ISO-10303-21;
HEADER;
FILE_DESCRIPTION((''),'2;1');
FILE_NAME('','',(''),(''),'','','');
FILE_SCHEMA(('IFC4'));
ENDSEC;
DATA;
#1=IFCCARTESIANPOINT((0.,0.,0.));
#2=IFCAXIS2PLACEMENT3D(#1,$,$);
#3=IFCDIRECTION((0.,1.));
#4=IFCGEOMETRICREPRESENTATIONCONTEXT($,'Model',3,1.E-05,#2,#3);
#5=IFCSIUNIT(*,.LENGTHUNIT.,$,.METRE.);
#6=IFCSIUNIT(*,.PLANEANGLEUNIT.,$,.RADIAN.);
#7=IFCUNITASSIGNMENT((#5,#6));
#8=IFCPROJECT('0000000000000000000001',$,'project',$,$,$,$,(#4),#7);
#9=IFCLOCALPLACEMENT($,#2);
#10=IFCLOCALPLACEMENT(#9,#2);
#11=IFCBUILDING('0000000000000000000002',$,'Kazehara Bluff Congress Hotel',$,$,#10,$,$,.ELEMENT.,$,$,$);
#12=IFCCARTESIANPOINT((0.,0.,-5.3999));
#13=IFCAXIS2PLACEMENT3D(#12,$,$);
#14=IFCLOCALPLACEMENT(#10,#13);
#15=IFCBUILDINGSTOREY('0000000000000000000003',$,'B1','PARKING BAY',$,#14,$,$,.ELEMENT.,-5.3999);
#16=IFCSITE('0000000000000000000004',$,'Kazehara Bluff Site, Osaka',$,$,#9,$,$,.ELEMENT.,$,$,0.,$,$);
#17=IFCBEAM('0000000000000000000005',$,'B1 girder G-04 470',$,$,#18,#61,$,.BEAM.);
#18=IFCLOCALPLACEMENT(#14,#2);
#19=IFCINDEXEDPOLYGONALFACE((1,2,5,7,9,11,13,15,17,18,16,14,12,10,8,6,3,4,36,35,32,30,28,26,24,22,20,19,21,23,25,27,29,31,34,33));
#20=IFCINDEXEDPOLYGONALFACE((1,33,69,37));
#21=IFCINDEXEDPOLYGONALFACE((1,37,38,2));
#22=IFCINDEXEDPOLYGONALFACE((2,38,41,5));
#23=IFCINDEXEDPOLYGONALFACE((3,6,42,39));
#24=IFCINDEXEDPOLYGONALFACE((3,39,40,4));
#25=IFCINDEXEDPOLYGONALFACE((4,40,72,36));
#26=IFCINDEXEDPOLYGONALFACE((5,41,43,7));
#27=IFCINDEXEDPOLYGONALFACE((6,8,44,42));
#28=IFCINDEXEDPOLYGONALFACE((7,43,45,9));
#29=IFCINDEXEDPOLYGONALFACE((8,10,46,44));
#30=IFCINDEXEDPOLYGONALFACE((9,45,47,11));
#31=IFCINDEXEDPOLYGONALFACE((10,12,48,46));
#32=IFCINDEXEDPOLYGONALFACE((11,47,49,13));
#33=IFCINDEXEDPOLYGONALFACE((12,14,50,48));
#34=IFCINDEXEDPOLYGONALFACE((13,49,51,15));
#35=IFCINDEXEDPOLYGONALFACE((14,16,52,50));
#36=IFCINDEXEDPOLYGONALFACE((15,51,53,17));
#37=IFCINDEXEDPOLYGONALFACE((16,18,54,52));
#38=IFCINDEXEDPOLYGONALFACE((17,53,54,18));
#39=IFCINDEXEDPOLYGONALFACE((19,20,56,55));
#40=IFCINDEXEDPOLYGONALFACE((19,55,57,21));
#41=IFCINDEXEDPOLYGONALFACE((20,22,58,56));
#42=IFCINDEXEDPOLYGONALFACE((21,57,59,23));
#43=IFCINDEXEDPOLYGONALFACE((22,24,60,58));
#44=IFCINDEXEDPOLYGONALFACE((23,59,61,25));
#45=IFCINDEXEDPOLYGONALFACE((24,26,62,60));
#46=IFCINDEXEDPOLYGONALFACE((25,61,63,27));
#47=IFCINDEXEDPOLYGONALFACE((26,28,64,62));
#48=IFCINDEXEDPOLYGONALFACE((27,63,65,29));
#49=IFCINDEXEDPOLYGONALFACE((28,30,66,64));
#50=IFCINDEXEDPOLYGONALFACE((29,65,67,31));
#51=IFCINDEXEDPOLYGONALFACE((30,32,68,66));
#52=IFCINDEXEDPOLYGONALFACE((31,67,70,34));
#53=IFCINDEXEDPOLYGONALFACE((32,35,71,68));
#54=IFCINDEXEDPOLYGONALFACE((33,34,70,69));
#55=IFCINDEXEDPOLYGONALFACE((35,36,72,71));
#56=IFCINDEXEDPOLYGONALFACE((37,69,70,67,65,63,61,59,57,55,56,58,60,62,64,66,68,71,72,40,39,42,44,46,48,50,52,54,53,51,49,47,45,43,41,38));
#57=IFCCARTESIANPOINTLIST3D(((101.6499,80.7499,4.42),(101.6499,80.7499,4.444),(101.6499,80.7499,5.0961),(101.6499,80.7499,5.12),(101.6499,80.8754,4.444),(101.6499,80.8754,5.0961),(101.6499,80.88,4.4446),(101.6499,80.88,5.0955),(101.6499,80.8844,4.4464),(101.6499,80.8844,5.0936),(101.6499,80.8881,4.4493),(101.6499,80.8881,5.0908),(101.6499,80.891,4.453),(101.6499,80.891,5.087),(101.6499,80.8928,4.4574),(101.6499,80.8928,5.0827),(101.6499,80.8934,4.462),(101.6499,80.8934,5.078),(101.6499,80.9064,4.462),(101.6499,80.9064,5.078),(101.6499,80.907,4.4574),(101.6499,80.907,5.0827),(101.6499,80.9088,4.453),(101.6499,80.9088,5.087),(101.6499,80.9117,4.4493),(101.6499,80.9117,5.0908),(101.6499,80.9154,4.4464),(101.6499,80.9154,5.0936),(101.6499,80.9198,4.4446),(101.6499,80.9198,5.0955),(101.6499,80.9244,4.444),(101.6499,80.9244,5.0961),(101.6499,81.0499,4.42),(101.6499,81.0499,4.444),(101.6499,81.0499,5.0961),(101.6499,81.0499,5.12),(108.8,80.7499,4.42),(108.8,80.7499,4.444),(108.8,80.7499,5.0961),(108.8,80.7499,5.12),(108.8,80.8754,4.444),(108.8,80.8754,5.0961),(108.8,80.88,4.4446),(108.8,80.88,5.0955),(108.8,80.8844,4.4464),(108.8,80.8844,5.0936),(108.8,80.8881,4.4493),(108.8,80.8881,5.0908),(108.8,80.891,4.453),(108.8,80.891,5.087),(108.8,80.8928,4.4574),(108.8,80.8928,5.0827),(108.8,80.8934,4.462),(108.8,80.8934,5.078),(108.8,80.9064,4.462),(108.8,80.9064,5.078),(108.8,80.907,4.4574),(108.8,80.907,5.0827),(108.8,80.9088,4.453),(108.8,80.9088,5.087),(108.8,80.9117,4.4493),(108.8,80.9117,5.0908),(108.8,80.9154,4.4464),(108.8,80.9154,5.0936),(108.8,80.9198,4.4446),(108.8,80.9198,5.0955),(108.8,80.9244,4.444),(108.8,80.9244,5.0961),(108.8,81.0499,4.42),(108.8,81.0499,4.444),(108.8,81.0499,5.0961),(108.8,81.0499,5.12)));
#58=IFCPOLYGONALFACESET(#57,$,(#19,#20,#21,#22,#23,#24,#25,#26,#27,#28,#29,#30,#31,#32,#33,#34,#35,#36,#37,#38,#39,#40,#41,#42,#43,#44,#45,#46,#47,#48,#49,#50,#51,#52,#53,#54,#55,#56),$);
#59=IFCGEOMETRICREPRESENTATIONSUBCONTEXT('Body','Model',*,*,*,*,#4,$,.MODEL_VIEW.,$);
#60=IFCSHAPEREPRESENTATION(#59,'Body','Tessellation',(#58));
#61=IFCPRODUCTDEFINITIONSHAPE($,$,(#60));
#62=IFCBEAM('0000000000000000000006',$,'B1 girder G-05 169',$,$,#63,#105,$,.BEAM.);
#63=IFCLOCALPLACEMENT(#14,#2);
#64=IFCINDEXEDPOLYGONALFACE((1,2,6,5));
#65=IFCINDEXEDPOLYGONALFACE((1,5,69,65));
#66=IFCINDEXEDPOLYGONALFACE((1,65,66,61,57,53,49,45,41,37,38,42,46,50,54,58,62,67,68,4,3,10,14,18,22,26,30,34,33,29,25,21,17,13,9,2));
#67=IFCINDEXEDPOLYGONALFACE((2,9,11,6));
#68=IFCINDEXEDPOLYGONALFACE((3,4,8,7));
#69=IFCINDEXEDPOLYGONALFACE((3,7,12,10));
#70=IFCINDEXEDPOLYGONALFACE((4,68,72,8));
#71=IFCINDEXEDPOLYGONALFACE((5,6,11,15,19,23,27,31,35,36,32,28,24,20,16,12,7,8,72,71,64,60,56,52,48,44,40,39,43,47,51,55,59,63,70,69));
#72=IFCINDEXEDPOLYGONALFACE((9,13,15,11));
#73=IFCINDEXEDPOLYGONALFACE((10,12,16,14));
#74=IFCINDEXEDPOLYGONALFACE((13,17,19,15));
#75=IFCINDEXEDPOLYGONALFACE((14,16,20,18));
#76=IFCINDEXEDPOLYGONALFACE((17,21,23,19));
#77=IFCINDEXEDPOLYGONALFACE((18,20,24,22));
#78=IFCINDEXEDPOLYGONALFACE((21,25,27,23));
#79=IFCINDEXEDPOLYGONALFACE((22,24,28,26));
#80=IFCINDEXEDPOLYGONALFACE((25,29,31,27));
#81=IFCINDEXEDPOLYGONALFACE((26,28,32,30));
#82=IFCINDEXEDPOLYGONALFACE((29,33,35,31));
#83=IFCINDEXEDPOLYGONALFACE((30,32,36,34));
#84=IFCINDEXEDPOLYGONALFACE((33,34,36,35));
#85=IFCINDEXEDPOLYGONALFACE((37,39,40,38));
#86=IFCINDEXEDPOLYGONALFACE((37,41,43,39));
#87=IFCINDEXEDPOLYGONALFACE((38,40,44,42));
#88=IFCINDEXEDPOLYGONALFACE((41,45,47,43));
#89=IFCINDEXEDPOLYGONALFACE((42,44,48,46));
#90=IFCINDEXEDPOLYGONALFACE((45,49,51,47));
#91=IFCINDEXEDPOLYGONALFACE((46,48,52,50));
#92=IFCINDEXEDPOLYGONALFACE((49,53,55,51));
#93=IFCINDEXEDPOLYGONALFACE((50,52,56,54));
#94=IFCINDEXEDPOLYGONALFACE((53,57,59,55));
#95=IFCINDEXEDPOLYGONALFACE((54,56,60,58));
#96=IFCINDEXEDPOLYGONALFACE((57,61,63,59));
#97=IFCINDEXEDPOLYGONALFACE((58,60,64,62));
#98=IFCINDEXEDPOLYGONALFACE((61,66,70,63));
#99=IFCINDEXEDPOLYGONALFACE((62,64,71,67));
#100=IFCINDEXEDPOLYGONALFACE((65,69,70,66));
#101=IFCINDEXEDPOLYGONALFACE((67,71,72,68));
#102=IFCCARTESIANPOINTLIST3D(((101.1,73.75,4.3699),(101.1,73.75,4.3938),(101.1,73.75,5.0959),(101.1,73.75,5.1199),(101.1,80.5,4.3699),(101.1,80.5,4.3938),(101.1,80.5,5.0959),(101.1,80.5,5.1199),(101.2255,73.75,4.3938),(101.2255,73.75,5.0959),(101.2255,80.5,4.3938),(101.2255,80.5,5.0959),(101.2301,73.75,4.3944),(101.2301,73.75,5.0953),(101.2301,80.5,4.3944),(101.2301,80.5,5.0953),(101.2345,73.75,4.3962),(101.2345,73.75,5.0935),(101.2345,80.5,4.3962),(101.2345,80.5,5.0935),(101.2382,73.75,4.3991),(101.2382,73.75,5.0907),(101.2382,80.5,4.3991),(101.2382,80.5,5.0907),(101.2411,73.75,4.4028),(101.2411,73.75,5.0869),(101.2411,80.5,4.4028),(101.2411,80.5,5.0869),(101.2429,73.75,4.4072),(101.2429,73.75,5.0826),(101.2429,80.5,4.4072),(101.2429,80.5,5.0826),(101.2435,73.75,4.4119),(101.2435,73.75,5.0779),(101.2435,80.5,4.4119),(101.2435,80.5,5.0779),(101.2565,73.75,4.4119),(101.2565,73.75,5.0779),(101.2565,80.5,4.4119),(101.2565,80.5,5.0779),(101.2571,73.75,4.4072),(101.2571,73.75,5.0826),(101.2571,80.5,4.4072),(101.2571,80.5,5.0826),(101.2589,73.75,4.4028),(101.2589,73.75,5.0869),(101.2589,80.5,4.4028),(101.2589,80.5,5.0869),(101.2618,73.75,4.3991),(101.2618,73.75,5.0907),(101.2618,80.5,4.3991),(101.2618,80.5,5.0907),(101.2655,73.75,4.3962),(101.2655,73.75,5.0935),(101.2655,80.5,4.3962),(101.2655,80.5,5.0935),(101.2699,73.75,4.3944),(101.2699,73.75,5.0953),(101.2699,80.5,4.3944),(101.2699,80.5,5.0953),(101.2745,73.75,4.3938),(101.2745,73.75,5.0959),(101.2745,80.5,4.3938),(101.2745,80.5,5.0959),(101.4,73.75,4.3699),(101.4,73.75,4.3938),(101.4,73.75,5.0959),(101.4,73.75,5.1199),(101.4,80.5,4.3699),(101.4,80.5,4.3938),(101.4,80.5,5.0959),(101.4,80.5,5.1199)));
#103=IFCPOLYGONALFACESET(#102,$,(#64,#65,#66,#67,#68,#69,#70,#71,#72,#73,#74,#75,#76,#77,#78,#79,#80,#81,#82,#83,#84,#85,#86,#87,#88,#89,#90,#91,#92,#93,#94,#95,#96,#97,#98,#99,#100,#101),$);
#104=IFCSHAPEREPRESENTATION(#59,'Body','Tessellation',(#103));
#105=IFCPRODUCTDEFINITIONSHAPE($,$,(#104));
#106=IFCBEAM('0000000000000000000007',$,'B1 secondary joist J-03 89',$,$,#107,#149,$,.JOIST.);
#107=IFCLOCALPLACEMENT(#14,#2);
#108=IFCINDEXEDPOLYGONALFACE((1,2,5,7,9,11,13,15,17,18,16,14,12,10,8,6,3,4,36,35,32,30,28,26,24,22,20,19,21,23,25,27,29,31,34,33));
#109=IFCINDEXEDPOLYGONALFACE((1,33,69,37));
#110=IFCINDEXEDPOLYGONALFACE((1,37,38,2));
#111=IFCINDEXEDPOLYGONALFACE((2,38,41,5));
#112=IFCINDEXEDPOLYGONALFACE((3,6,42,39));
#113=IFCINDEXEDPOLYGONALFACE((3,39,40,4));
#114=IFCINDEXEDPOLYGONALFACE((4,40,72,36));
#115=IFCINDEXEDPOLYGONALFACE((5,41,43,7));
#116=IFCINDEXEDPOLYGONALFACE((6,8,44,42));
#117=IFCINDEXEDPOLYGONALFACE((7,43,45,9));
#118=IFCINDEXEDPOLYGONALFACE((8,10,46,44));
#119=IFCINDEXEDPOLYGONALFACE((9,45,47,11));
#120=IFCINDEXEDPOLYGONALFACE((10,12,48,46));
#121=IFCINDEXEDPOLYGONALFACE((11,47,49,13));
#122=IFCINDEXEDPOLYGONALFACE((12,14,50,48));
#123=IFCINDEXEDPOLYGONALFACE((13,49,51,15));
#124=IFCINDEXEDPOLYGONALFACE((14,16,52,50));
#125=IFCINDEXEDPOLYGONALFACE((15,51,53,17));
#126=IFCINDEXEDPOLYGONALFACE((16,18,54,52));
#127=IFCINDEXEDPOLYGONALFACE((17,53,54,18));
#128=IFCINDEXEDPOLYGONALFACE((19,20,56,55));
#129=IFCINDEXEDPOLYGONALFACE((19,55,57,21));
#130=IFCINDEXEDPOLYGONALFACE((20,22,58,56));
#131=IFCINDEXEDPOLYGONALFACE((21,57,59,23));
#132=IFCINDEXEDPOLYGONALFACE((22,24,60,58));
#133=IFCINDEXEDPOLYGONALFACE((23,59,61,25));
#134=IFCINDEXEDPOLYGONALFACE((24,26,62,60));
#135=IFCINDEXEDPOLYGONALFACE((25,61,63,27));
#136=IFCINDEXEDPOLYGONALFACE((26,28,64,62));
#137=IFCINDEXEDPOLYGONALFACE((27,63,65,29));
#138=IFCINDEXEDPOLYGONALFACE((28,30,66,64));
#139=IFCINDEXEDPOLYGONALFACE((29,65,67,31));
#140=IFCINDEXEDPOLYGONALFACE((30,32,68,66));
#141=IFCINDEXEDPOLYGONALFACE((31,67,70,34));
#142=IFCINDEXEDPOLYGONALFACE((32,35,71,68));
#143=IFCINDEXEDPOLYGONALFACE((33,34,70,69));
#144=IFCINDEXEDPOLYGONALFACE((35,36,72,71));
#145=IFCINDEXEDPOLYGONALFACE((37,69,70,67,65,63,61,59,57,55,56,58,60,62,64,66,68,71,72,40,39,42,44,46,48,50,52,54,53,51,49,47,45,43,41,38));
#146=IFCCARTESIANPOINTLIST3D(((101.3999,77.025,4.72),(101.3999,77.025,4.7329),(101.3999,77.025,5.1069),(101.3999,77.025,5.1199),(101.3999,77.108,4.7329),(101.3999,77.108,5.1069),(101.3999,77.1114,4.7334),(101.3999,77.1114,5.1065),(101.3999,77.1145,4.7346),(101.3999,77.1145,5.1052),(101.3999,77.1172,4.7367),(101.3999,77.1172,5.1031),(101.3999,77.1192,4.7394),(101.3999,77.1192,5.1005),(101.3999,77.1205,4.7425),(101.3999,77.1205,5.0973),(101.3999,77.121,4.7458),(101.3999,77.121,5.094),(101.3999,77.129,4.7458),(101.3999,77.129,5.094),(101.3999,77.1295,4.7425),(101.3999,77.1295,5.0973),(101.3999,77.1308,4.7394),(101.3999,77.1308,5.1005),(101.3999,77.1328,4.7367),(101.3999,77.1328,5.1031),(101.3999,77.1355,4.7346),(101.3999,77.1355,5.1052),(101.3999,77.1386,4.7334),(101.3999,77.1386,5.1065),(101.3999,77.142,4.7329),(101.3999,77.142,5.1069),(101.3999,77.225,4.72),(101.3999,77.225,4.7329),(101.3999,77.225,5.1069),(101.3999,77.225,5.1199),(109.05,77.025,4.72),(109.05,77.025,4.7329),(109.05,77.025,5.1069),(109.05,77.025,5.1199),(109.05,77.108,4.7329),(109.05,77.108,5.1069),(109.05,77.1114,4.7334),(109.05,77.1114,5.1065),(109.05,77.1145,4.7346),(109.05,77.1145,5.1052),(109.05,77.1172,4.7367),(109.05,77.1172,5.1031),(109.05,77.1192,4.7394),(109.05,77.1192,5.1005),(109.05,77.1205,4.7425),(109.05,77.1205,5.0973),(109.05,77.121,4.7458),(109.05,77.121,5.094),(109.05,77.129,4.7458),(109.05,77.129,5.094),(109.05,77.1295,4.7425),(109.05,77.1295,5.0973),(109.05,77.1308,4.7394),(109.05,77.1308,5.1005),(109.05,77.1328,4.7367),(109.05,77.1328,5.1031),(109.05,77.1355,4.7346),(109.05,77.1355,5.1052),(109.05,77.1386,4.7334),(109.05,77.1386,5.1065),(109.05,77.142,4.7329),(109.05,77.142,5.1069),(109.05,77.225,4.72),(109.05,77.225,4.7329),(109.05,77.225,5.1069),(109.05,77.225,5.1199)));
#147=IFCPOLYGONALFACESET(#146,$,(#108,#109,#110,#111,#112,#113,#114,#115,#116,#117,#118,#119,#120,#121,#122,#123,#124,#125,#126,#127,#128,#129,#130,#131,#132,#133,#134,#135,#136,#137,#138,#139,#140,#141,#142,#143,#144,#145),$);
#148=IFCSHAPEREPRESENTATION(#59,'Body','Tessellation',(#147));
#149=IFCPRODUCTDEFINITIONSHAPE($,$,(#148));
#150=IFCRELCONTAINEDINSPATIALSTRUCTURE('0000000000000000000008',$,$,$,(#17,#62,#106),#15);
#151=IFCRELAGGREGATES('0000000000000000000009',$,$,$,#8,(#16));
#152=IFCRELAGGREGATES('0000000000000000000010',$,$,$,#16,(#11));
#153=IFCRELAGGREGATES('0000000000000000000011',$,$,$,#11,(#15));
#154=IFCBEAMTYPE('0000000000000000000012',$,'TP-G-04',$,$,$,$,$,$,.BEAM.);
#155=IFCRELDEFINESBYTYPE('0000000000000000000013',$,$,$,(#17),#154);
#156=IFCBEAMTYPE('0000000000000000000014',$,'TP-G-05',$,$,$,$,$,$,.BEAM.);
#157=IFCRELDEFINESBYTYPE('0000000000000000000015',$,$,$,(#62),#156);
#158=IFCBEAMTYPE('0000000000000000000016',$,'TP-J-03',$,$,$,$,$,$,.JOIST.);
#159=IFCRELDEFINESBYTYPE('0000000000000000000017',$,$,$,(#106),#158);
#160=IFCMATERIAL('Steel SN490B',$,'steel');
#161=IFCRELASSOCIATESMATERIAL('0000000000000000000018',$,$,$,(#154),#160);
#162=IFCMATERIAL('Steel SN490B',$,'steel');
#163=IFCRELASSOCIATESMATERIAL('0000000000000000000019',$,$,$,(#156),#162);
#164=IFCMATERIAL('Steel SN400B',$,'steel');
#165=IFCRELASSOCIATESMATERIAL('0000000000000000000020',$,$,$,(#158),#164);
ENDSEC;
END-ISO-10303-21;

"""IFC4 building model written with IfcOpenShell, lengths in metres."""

from ifc_helpers import new_model, si_unit, direction, frame, origin, origin_2d, place, context, subcontext, project, spatial, i_section, extrude, material, material_profile, profile_set, type_object, element, save


model = new_model("IFC4")

# Units and contexts
model_context = context("Model", 3, precision=1e-05, world=origin(), true_north=direction((0.0, 1.0)))
body_context = subcontext(model_context, "Body", "Model", "MODEL_VIEW")
ifc_project = project(units=[si_unit("LENGTHUNIT", "METRE"), si_unit("PLANEANGLEUNIT", "RADIAN")], contexts=[model_context])

# Site, building, storey
site_placement = place(None, origin())
site = spatial("IfcSite", under=ifc_project, at=site_placement, Name="Kazehara Bluff Site, Osaka", CompositionType="ELEMENT", RefElevation=0.0)
building_placement = place(site_placement, origin())
building = spatial("IfcBuilding", under=site, at=building_placement, Name="Kazehara Bluff Congress Hotel", CompositionType="ELEMENT")
storey_placement = place(building_placement, frame((0.0, 0.0, -5.3999)))
storey = spatial("IfcBuildingStorey", under=building, at=storey_placement, Name="B1", Description="PARKING BAY", CompositionType="ELEMENT", Elevation=-5.3999)

# Beams
ifc_material_1 = material(Name="Steel SN490B", Category="steel")
ifc_material_profile_1 = material_profile(ifc_material_1, i_section(OverallWidth=0.3, OverallDepth=0.7, WebThickness=0.0129, FlangeThickness=0.0239, FilletRadius=0.0181, at=origin_2d()))
ifc_profile_set_1 = profile_set([ifc_material_profile_1], Name="Steel SN490B")
beam_type_1 = type_object("IfcBeamType", Name="TP-G-04", PredefinedType="BEAM", material=ifc_profile_set_1)
beam_1_placement = place(storey_placement, frame((101.6499, 80.8999, 4.77), z_axis=(1.0, 0.0, 0.0), x_axis=(0.0, 1.0, 0.0)))
element("IfcBeam", 1, at=beam_1_placement, inside=storey, type_object=beam_type_1, Name="B1 girder G-04 470", PredefinedType="BEAM", context=body_context, shape_type="SweptSolid", body=[
    extrude(i_section(OverallWidth=0.3, OverallDepth=0.7, WebThickness=0.0129, FlangeThickness=0.0239, FilletRadius=0.0181, at=origin_2d()), origin(), (0.0, 0.0, 1.0), 7.1501),
])
ifc_material_2 = material(Name="Steel SN490B", Category="steel")
ifc_material_profile_2 = material_profile(ifc_material_2, i_section(OverallWidth=0.3, OverallDepth=0.75, WebThickness=0.0129, FlangeThickness=0.0239, FilletRadius=0.0181, at=origin_2d()))
ifc_profile_set_2 = profile_set([ifc_material_profile_2], Name="Steel SN490B")
beam_type_2 = type_object("IfcBeamType", Name="TP-G-05", PredefinedType="BEAM", material=ifc_profile_set_2)
beam_2_placement = place(storey_placement, frame((101.25, 73.75, 4.7449), z_axis=(0.0, 1.0, 0.0), x_axis=(-1.0, 0.0, 0.0)))
element("IfcBeam", 2, at=beam_2_placement, inside=storey, type_object=beam_type_2, Name="B1 girder G-05 169", PredefinedType="BEAM", context=body_context, shape_type="SweptSolid", body=[
    extrude(i_section(OverallWidth=0.3, OverallDepth=0.75, WebThickness=0.0129, FlangeThickness=0.0239, FilletRadius=0.0181, at=origin_2d()), origin(), (0.0, 0.0, 1.0), 6.75),
])
ifc_material_3 = material(Name="Steel SN400B", Category="steel")
ifc_material_profile_3 = material_profile(ifc_material_3, i_section(OverallWidth=0.2, OverallDepth=0.3999, WebThickness=0.0081, FlangeThickness=0.0129, FilletRadius=0.0129, at=origin_2d()))
ifc_profile_set_3 = profile_set([ifc_material_profile_3], Name="Steel SN400B")
beam_type_3 = type_object("IfcBeamType", Name="TP-J-03", PredefinedType="JOIST", material=ifc_profile_set_3)
beam_3_placement = place(storey_placement, frame((101.3999, 77.125, 4.9199), z_axis=(1.0, 0.0, 0.0), x_axis=(0.0, 1.0, 0.0)))
element("IfcBeam", 3, at=beam_3_placement, inside=storey, type_object=beam_type_3, Name="B1 secondary joist J-03 89", PredefinedType="JOIST", context=body_context, shape_type="SweptSolid", body=[
    extrude(i_section(OverallWidth=0.2, OverallDepth=0.3999, WebThickness=0.0081, FlangeThickness=0.0129, FilletRadius=0.0129, at=origin_2d()), origin(), (0.0, 0.0, 1.0), 7.6501),
])

save(model, "model.ifc")
